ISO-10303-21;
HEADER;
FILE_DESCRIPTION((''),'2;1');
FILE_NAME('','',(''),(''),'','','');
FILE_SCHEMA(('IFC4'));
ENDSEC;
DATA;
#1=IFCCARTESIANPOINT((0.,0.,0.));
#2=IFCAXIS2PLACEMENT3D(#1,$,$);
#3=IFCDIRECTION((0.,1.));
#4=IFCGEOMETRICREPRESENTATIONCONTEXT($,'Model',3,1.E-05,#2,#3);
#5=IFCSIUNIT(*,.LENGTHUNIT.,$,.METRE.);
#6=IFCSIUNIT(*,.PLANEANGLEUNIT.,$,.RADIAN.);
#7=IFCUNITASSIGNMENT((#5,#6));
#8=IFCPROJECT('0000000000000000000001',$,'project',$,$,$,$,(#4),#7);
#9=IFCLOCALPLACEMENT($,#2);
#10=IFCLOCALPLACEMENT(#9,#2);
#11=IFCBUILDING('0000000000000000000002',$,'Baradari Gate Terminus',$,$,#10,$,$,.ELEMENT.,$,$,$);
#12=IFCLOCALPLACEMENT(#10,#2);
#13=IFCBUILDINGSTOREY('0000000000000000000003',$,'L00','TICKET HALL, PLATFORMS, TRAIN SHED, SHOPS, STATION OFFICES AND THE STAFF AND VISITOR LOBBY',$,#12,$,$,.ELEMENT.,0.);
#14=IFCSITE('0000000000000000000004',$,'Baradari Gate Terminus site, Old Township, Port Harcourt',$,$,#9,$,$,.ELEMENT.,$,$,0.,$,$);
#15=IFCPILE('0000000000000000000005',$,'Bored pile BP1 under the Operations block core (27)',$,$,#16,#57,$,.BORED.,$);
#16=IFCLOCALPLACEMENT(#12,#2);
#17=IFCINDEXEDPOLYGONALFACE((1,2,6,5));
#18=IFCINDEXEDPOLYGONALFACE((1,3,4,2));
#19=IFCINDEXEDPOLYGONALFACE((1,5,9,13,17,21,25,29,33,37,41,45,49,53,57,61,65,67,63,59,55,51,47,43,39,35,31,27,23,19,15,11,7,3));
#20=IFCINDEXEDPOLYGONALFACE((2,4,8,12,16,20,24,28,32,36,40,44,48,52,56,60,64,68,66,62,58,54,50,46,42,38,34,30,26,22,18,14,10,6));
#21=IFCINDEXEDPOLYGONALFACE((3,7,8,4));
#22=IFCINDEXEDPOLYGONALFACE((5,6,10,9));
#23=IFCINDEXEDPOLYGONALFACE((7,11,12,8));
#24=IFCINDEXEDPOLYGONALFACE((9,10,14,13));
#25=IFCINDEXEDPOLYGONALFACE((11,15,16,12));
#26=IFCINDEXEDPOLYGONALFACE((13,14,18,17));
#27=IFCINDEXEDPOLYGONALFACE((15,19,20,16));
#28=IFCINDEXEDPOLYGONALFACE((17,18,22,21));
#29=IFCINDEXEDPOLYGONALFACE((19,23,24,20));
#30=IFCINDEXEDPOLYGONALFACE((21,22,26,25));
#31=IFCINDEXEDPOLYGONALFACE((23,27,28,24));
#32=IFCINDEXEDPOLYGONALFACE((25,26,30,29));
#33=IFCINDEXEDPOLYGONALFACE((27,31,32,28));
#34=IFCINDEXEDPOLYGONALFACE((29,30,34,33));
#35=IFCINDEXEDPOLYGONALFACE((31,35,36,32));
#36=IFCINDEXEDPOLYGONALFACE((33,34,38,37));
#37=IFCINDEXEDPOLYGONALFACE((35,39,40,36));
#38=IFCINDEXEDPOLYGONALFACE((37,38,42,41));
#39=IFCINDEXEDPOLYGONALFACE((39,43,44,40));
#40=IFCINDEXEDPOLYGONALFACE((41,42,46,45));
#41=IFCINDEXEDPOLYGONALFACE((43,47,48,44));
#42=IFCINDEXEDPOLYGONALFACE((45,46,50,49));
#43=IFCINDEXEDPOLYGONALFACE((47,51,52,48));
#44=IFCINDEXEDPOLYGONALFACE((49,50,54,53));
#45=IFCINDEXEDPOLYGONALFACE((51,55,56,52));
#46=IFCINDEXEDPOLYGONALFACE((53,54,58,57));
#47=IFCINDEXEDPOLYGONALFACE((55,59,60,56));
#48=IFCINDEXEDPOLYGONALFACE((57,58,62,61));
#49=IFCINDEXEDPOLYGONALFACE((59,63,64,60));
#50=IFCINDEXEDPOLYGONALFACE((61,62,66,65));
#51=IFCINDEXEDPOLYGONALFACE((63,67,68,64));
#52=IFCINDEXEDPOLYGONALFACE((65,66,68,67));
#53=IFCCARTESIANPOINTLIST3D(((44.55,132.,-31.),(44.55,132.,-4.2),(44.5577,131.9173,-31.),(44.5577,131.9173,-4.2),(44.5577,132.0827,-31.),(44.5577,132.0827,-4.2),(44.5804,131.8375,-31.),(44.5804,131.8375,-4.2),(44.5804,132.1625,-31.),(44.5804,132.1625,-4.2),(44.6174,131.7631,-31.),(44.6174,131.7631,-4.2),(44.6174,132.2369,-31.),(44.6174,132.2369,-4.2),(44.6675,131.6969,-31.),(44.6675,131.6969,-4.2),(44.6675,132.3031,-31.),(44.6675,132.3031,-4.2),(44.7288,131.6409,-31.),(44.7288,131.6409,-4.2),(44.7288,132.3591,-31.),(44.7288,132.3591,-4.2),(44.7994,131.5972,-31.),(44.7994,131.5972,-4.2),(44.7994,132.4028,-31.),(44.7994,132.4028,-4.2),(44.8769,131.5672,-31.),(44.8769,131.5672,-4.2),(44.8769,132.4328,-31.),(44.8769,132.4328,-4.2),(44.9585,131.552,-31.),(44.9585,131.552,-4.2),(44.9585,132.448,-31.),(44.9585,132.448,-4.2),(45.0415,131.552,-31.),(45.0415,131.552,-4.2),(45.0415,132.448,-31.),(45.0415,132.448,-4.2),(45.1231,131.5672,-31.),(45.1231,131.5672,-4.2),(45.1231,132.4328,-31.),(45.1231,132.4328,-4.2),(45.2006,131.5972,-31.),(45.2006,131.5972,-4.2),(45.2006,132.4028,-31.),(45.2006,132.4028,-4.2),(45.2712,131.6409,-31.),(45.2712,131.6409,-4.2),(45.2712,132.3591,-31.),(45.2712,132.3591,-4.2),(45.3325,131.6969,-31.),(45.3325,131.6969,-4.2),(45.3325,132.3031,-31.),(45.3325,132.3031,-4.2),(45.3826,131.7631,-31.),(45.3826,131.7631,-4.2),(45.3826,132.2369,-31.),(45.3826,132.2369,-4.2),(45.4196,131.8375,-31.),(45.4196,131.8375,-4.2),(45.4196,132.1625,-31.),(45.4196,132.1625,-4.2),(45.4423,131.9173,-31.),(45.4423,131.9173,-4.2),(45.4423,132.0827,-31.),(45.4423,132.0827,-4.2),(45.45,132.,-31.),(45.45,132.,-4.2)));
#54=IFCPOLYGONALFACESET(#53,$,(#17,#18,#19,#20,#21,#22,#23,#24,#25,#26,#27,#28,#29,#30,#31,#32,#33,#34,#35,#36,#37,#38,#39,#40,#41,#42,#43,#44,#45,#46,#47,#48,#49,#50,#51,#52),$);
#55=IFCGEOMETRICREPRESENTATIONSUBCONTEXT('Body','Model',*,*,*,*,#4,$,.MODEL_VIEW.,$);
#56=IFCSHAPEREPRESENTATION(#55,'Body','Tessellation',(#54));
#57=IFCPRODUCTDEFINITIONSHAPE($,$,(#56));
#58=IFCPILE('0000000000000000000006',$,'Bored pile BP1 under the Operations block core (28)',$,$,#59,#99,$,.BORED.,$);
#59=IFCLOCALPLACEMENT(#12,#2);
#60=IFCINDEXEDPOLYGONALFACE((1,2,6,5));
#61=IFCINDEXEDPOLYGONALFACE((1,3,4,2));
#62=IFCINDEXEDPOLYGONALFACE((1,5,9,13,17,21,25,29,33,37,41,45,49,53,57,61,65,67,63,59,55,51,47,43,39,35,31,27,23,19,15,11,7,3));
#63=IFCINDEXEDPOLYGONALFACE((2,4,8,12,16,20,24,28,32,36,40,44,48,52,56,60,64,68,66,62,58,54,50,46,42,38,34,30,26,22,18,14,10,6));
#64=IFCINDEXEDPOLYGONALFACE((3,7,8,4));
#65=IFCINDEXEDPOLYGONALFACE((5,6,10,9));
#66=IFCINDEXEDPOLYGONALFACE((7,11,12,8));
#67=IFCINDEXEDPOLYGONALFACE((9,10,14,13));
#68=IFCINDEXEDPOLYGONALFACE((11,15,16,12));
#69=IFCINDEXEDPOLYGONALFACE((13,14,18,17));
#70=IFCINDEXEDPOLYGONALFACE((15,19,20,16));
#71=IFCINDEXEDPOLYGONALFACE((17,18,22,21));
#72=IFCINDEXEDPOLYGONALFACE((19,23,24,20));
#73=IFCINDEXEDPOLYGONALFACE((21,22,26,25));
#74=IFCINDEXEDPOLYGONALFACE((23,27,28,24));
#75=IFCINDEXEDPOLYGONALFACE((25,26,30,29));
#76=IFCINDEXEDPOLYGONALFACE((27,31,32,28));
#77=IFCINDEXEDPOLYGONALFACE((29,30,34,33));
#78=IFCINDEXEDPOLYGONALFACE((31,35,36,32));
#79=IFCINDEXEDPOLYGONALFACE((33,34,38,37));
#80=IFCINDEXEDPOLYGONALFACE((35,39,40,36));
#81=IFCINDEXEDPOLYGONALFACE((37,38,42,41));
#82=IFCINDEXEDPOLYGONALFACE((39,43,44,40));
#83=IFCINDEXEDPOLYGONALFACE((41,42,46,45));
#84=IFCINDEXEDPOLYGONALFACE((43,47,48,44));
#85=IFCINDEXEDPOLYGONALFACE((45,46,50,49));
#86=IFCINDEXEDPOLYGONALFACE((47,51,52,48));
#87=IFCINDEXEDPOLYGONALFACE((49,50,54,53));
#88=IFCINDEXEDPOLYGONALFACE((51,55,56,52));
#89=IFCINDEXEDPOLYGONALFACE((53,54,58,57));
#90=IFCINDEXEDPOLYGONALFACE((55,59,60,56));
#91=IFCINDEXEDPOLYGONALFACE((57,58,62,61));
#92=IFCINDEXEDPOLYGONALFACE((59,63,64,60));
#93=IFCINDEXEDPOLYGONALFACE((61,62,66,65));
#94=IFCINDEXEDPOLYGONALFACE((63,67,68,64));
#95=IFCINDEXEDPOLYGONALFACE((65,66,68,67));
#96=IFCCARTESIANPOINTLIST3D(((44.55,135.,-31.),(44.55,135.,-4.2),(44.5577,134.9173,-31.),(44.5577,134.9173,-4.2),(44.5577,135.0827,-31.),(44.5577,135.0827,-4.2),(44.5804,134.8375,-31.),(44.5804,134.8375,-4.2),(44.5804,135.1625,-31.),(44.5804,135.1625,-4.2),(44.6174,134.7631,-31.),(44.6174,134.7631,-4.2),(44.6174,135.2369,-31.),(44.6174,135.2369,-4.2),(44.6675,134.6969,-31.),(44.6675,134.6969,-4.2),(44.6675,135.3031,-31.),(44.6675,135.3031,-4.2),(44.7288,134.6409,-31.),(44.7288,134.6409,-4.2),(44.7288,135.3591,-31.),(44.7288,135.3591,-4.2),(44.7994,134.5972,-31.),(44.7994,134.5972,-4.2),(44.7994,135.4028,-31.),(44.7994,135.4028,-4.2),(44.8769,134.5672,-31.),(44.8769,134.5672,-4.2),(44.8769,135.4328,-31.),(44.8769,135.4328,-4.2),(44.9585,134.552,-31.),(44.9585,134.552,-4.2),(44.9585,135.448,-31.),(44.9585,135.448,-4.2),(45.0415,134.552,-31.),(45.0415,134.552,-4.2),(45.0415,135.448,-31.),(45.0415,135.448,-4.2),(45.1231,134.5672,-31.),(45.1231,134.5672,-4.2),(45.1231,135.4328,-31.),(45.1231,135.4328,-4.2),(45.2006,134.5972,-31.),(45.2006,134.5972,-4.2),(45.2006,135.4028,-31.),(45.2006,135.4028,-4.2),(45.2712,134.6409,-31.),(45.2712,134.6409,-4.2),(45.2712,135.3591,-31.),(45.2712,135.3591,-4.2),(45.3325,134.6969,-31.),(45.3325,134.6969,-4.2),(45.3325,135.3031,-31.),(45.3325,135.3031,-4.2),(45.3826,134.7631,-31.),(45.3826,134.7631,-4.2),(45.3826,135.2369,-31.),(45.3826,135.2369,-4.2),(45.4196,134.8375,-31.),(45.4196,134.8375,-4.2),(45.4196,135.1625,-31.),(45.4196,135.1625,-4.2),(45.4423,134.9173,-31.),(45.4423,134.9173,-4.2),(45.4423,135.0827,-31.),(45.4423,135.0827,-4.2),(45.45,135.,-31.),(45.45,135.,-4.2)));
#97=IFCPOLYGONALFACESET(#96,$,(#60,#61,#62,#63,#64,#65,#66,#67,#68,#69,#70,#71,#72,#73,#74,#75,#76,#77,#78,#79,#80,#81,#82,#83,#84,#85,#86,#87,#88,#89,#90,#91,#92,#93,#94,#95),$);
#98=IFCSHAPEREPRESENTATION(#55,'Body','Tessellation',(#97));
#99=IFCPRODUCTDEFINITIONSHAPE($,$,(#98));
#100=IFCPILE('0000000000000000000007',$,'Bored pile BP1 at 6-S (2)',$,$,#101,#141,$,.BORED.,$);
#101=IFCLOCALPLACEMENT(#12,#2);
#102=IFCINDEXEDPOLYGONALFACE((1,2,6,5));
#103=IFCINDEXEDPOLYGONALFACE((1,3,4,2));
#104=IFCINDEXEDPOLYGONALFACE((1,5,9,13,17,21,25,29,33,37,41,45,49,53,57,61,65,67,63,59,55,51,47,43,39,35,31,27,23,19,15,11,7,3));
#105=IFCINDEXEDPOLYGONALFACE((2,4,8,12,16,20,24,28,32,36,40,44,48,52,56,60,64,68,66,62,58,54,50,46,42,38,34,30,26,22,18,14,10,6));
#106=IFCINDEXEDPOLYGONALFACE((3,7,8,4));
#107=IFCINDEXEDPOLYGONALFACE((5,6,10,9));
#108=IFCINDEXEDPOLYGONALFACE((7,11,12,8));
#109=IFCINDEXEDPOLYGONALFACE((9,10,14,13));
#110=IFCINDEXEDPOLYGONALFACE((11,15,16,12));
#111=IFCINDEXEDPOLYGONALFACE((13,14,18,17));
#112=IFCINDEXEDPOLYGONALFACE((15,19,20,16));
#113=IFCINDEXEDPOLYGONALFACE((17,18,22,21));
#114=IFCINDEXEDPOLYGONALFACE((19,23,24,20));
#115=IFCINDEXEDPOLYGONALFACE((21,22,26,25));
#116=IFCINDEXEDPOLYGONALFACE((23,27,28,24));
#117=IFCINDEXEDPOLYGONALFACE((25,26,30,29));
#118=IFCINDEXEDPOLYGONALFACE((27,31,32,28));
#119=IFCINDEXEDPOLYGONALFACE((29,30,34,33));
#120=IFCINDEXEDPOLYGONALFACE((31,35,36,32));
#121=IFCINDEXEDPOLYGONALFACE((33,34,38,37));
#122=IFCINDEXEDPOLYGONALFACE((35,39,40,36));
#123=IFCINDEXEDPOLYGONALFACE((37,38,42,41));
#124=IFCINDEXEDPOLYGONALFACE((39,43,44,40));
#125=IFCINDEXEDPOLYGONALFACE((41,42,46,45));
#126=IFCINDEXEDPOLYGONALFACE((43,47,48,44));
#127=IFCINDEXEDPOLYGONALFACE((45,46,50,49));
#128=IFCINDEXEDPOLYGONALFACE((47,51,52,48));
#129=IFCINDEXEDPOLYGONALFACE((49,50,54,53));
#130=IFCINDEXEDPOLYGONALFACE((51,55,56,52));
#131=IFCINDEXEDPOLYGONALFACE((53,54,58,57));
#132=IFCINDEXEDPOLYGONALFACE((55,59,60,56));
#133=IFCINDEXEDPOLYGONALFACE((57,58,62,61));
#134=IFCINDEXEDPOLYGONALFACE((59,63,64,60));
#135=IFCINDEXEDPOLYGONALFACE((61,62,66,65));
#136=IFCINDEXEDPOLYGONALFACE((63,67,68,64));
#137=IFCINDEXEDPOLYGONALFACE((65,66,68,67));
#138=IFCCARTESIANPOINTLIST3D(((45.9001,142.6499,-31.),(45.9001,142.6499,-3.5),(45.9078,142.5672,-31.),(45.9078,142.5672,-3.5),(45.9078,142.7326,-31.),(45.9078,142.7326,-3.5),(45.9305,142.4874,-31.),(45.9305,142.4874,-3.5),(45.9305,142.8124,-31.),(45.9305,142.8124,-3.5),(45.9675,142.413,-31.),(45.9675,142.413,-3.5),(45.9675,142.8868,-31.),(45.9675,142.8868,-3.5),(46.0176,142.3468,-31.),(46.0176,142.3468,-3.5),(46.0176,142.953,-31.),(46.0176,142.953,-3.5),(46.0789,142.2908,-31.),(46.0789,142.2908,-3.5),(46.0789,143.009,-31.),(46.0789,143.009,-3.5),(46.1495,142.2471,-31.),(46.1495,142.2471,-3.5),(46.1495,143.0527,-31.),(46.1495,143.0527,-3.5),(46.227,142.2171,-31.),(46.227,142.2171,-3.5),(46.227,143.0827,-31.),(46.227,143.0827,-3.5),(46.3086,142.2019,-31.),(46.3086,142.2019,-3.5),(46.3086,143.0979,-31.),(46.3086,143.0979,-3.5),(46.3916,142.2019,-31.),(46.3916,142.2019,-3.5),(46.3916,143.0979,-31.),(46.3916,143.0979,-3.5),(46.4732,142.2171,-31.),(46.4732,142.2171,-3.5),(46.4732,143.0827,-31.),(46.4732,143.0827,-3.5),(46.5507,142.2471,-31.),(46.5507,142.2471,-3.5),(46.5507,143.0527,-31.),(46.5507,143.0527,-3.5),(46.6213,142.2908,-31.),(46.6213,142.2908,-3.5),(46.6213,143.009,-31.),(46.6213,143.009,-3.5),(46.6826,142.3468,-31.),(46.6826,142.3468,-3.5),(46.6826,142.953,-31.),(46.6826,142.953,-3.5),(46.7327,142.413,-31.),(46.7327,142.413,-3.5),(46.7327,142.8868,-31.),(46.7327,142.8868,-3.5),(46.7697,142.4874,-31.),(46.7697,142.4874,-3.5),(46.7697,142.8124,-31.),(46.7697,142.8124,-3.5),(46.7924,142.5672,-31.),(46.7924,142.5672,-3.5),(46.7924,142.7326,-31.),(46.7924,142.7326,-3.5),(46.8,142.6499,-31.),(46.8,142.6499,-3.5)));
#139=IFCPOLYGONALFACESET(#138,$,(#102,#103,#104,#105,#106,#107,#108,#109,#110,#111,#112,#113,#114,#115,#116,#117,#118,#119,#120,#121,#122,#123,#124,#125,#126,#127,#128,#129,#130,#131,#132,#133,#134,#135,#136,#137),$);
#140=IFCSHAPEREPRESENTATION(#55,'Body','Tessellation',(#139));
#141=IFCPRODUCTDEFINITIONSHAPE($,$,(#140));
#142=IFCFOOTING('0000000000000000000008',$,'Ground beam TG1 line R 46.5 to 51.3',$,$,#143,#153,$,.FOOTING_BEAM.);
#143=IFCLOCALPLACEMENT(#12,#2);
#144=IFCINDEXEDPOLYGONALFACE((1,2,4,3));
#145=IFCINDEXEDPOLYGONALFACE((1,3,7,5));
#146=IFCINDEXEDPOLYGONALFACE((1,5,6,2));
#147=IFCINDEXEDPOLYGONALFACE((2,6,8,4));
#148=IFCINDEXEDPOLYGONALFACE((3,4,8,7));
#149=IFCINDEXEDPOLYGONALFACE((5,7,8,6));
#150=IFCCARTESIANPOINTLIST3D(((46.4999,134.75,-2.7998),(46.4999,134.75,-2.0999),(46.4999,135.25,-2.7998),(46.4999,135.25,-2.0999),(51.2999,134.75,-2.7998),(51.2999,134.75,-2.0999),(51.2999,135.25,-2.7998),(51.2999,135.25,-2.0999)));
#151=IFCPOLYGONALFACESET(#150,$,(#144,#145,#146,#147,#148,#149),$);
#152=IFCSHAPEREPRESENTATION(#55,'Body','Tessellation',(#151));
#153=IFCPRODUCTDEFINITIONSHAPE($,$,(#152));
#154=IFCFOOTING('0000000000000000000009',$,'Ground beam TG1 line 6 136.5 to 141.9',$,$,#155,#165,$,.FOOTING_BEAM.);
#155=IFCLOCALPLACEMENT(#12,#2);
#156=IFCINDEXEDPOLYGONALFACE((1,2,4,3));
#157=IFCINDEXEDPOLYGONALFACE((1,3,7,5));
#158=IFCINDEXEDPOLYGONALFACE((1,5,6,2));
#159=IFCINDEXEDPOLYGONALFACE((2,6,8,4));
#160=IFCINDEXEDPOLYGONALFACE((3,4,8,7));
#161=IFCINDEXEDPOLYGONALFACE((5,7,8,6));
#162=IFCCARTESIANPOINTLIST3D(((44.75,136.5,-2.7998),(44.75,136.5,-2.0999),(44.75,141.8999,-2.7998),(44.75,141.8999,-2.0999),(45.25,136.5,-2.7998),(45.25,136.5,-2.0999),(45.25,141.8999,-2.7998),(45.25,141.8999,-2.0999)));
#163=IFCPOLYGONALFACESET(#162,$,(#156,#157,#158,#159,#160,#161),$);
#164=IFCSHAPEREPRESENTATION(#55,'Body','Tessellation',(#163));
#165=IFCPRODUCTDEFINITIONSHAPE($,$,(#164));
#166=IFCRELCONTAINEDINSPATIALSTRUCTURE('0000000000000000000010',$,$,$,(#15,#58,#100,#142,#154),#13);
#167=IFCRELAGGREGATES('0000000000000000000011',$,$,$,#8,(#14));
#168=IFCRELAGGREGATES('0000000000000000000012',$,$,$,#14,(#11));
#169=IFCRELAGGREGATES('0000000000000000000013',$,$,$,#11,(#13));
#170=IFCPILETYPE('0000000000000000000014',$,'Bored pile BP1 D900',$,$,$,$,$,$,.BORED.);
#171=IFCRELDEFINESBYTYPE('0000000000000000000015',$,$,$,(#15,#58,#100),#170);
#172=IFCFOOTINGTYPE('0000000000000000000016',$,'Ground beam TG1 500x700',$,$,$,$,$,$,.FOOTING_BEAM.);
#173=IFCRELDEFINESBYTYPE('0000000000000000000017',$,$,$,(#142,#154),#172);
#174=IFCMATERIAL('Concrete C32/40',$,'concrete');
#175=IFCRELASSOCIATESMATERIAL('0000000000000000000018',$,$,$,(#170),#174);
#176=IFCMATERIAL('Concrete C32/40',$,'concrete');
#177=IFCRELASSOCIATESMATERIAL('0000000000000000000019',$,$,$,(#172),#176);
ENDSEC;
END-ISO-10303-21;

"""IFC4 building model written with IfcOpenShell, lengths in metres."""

from ifc_helpers import new_model, si_unit, direction, frame, origin, origin_2d, place, context, subcontext, project, spatial, rectangle, circle, extrude, material, type_object, element, save


model = new_model("IFC4")

# Units and contexts
model_context = context("Model", 3, precision=1e-05, world=origin(), true_north=direction((0.0, 1.0)))
body_context = subcontext(model_context, "Body", "Model", "MODEL_VIEW")
ifc_project = project(units=[si_unit("LENGTHUNIT", "METRE"), si_unit("PLANEANGLEUNIT", "RADIAN")], contexts=[model_context])

# Site, building, storey
site_placement = place(None, origin())
site = spatial("IfcSite", under=ifc_project, at=site_placement, Name="Baradari Gate Terminus site, Old Township, Port Harcourt", CompositionType="ELEMENT", RefElevation=0.0)
building_placement = place(site_placement, origin())
building = spatial("IfcBuilding", under=site, at=building_placement, Name="Baradari Gate Terminus", CompositionType="ELEMENT")
storey_placement = place(building_placement, origin())
storey = spatial("IfcBuildingStorey", under=building, at=storey_placement, Name="L00", Description="TICKET HALL, PLATFORMS, TRAIN SHED, SHOPS, STATION OFFICES AND THE STAFF AND VISITOR LOBBY", CompositionType="ELEMENT", Elevation=0.0)

# Piles
ifc_material_1 = material(Name="Concrete C32/40", Category="concrete")
pile_type = type_object("IfcPileType", Name="Bored pile BP1 D900", PredefinedType="BORED", material=ifc_material_1)
for number, where, z_axis, x_axis, name in (
    (1, (45.0, 132.0, -4.2), (0.0, 0.0, -1.0), (1.0, 0.0, 0.0), "Bored pile BP1 under the Operations block core (27)"),
    (2, (45.0, 135.0, -4.2), (0.0, 0.0, -1.0), (1.0, 0.0, 0.0), "Bored pile BP1 under the Operations block core (28)"),
):
    element("IfcPile", number, at=place(storey_placement, frame(where, z_axis=z_axis, x_axis=x_axis)), inside=storey, type_object=pile_type, Name=name, PredefinedType="BORED", context=body_context, shape_type="SweptSolid", body=[
        extrude(circle(Radius=0.45, at=origin_2d()), origin(), (0.0, 0.0, 1.0), 26.8),
    ])
pile_placement = place(storey_placement, frame((46.3501, 142.6499, -3.5), z_axis=(0.0, 0.0, -1.0), x_axis=(1.0, 0.0, 0.0)))
element("IfcPile", 3, at=pile_placement, inside=storey, type_object=pile_type, Name="Bored pile BP1 at 6-S (2)", PredefinedType="BORED", context=body_context, shape_type="SweptSolid", body=[
    extrude(circle(Radius=0.45, at=origin_2d()), origin(), (0.0, 0.0, 1.0), 27.5),
])

# Footings
ifc_material_2 = material(Name="Concrete C32/40", Category="concrete")
footing_type = type_object("IfcFootingType", Name="Ground beam TG1 500x700", PredefinedType="FOOTING_BEAM", material=ifc_material_2)
footing_1_placement = place(storey_placement, frame((48.8999, 135.0, -2.7998), z_axis=(0.0, 0.0, 1.0), x_axis=(1.0, 0.0, 0.0)))
element("IfcFooting", 4, at=footing_1_placement, inside=storey, type_object=footing_type, Name="Ground beam TG1 line R 46.5 to 51.3", PredefinedType="FOOTING_BEAM", context=body_context, shape_type="SweptSolid", body=[
    extrude(rectangle(XDim=4.8, YDim=0.5, at=origin_2d()), origin(), (0.0, 0.0, 1.0), 0.7),
])
footing_2_placement = place(storey_placement, frame((45.0, 139.2, -2.7998), z_axis=(0.0, 0.0, 1.0), x_axis=(1.0, 0.0, 0.0)))
element("IfcFooting", 5, at=footing_2_placement, inside=storey, type_object=footing_type, Name="Ground beam TG1 line 6 136.5 to 141.9", PredefinedType="FOOTING_BEAM", context=body_context, shape_type="SweptSolid", body=[
    extrude(rectangle(XDim=0.5, YDim=5.3999, at=origin_2d()), origin(), (0.0, 0.0, 1.0), 0.7),
])

save(model, "model.ifc")
